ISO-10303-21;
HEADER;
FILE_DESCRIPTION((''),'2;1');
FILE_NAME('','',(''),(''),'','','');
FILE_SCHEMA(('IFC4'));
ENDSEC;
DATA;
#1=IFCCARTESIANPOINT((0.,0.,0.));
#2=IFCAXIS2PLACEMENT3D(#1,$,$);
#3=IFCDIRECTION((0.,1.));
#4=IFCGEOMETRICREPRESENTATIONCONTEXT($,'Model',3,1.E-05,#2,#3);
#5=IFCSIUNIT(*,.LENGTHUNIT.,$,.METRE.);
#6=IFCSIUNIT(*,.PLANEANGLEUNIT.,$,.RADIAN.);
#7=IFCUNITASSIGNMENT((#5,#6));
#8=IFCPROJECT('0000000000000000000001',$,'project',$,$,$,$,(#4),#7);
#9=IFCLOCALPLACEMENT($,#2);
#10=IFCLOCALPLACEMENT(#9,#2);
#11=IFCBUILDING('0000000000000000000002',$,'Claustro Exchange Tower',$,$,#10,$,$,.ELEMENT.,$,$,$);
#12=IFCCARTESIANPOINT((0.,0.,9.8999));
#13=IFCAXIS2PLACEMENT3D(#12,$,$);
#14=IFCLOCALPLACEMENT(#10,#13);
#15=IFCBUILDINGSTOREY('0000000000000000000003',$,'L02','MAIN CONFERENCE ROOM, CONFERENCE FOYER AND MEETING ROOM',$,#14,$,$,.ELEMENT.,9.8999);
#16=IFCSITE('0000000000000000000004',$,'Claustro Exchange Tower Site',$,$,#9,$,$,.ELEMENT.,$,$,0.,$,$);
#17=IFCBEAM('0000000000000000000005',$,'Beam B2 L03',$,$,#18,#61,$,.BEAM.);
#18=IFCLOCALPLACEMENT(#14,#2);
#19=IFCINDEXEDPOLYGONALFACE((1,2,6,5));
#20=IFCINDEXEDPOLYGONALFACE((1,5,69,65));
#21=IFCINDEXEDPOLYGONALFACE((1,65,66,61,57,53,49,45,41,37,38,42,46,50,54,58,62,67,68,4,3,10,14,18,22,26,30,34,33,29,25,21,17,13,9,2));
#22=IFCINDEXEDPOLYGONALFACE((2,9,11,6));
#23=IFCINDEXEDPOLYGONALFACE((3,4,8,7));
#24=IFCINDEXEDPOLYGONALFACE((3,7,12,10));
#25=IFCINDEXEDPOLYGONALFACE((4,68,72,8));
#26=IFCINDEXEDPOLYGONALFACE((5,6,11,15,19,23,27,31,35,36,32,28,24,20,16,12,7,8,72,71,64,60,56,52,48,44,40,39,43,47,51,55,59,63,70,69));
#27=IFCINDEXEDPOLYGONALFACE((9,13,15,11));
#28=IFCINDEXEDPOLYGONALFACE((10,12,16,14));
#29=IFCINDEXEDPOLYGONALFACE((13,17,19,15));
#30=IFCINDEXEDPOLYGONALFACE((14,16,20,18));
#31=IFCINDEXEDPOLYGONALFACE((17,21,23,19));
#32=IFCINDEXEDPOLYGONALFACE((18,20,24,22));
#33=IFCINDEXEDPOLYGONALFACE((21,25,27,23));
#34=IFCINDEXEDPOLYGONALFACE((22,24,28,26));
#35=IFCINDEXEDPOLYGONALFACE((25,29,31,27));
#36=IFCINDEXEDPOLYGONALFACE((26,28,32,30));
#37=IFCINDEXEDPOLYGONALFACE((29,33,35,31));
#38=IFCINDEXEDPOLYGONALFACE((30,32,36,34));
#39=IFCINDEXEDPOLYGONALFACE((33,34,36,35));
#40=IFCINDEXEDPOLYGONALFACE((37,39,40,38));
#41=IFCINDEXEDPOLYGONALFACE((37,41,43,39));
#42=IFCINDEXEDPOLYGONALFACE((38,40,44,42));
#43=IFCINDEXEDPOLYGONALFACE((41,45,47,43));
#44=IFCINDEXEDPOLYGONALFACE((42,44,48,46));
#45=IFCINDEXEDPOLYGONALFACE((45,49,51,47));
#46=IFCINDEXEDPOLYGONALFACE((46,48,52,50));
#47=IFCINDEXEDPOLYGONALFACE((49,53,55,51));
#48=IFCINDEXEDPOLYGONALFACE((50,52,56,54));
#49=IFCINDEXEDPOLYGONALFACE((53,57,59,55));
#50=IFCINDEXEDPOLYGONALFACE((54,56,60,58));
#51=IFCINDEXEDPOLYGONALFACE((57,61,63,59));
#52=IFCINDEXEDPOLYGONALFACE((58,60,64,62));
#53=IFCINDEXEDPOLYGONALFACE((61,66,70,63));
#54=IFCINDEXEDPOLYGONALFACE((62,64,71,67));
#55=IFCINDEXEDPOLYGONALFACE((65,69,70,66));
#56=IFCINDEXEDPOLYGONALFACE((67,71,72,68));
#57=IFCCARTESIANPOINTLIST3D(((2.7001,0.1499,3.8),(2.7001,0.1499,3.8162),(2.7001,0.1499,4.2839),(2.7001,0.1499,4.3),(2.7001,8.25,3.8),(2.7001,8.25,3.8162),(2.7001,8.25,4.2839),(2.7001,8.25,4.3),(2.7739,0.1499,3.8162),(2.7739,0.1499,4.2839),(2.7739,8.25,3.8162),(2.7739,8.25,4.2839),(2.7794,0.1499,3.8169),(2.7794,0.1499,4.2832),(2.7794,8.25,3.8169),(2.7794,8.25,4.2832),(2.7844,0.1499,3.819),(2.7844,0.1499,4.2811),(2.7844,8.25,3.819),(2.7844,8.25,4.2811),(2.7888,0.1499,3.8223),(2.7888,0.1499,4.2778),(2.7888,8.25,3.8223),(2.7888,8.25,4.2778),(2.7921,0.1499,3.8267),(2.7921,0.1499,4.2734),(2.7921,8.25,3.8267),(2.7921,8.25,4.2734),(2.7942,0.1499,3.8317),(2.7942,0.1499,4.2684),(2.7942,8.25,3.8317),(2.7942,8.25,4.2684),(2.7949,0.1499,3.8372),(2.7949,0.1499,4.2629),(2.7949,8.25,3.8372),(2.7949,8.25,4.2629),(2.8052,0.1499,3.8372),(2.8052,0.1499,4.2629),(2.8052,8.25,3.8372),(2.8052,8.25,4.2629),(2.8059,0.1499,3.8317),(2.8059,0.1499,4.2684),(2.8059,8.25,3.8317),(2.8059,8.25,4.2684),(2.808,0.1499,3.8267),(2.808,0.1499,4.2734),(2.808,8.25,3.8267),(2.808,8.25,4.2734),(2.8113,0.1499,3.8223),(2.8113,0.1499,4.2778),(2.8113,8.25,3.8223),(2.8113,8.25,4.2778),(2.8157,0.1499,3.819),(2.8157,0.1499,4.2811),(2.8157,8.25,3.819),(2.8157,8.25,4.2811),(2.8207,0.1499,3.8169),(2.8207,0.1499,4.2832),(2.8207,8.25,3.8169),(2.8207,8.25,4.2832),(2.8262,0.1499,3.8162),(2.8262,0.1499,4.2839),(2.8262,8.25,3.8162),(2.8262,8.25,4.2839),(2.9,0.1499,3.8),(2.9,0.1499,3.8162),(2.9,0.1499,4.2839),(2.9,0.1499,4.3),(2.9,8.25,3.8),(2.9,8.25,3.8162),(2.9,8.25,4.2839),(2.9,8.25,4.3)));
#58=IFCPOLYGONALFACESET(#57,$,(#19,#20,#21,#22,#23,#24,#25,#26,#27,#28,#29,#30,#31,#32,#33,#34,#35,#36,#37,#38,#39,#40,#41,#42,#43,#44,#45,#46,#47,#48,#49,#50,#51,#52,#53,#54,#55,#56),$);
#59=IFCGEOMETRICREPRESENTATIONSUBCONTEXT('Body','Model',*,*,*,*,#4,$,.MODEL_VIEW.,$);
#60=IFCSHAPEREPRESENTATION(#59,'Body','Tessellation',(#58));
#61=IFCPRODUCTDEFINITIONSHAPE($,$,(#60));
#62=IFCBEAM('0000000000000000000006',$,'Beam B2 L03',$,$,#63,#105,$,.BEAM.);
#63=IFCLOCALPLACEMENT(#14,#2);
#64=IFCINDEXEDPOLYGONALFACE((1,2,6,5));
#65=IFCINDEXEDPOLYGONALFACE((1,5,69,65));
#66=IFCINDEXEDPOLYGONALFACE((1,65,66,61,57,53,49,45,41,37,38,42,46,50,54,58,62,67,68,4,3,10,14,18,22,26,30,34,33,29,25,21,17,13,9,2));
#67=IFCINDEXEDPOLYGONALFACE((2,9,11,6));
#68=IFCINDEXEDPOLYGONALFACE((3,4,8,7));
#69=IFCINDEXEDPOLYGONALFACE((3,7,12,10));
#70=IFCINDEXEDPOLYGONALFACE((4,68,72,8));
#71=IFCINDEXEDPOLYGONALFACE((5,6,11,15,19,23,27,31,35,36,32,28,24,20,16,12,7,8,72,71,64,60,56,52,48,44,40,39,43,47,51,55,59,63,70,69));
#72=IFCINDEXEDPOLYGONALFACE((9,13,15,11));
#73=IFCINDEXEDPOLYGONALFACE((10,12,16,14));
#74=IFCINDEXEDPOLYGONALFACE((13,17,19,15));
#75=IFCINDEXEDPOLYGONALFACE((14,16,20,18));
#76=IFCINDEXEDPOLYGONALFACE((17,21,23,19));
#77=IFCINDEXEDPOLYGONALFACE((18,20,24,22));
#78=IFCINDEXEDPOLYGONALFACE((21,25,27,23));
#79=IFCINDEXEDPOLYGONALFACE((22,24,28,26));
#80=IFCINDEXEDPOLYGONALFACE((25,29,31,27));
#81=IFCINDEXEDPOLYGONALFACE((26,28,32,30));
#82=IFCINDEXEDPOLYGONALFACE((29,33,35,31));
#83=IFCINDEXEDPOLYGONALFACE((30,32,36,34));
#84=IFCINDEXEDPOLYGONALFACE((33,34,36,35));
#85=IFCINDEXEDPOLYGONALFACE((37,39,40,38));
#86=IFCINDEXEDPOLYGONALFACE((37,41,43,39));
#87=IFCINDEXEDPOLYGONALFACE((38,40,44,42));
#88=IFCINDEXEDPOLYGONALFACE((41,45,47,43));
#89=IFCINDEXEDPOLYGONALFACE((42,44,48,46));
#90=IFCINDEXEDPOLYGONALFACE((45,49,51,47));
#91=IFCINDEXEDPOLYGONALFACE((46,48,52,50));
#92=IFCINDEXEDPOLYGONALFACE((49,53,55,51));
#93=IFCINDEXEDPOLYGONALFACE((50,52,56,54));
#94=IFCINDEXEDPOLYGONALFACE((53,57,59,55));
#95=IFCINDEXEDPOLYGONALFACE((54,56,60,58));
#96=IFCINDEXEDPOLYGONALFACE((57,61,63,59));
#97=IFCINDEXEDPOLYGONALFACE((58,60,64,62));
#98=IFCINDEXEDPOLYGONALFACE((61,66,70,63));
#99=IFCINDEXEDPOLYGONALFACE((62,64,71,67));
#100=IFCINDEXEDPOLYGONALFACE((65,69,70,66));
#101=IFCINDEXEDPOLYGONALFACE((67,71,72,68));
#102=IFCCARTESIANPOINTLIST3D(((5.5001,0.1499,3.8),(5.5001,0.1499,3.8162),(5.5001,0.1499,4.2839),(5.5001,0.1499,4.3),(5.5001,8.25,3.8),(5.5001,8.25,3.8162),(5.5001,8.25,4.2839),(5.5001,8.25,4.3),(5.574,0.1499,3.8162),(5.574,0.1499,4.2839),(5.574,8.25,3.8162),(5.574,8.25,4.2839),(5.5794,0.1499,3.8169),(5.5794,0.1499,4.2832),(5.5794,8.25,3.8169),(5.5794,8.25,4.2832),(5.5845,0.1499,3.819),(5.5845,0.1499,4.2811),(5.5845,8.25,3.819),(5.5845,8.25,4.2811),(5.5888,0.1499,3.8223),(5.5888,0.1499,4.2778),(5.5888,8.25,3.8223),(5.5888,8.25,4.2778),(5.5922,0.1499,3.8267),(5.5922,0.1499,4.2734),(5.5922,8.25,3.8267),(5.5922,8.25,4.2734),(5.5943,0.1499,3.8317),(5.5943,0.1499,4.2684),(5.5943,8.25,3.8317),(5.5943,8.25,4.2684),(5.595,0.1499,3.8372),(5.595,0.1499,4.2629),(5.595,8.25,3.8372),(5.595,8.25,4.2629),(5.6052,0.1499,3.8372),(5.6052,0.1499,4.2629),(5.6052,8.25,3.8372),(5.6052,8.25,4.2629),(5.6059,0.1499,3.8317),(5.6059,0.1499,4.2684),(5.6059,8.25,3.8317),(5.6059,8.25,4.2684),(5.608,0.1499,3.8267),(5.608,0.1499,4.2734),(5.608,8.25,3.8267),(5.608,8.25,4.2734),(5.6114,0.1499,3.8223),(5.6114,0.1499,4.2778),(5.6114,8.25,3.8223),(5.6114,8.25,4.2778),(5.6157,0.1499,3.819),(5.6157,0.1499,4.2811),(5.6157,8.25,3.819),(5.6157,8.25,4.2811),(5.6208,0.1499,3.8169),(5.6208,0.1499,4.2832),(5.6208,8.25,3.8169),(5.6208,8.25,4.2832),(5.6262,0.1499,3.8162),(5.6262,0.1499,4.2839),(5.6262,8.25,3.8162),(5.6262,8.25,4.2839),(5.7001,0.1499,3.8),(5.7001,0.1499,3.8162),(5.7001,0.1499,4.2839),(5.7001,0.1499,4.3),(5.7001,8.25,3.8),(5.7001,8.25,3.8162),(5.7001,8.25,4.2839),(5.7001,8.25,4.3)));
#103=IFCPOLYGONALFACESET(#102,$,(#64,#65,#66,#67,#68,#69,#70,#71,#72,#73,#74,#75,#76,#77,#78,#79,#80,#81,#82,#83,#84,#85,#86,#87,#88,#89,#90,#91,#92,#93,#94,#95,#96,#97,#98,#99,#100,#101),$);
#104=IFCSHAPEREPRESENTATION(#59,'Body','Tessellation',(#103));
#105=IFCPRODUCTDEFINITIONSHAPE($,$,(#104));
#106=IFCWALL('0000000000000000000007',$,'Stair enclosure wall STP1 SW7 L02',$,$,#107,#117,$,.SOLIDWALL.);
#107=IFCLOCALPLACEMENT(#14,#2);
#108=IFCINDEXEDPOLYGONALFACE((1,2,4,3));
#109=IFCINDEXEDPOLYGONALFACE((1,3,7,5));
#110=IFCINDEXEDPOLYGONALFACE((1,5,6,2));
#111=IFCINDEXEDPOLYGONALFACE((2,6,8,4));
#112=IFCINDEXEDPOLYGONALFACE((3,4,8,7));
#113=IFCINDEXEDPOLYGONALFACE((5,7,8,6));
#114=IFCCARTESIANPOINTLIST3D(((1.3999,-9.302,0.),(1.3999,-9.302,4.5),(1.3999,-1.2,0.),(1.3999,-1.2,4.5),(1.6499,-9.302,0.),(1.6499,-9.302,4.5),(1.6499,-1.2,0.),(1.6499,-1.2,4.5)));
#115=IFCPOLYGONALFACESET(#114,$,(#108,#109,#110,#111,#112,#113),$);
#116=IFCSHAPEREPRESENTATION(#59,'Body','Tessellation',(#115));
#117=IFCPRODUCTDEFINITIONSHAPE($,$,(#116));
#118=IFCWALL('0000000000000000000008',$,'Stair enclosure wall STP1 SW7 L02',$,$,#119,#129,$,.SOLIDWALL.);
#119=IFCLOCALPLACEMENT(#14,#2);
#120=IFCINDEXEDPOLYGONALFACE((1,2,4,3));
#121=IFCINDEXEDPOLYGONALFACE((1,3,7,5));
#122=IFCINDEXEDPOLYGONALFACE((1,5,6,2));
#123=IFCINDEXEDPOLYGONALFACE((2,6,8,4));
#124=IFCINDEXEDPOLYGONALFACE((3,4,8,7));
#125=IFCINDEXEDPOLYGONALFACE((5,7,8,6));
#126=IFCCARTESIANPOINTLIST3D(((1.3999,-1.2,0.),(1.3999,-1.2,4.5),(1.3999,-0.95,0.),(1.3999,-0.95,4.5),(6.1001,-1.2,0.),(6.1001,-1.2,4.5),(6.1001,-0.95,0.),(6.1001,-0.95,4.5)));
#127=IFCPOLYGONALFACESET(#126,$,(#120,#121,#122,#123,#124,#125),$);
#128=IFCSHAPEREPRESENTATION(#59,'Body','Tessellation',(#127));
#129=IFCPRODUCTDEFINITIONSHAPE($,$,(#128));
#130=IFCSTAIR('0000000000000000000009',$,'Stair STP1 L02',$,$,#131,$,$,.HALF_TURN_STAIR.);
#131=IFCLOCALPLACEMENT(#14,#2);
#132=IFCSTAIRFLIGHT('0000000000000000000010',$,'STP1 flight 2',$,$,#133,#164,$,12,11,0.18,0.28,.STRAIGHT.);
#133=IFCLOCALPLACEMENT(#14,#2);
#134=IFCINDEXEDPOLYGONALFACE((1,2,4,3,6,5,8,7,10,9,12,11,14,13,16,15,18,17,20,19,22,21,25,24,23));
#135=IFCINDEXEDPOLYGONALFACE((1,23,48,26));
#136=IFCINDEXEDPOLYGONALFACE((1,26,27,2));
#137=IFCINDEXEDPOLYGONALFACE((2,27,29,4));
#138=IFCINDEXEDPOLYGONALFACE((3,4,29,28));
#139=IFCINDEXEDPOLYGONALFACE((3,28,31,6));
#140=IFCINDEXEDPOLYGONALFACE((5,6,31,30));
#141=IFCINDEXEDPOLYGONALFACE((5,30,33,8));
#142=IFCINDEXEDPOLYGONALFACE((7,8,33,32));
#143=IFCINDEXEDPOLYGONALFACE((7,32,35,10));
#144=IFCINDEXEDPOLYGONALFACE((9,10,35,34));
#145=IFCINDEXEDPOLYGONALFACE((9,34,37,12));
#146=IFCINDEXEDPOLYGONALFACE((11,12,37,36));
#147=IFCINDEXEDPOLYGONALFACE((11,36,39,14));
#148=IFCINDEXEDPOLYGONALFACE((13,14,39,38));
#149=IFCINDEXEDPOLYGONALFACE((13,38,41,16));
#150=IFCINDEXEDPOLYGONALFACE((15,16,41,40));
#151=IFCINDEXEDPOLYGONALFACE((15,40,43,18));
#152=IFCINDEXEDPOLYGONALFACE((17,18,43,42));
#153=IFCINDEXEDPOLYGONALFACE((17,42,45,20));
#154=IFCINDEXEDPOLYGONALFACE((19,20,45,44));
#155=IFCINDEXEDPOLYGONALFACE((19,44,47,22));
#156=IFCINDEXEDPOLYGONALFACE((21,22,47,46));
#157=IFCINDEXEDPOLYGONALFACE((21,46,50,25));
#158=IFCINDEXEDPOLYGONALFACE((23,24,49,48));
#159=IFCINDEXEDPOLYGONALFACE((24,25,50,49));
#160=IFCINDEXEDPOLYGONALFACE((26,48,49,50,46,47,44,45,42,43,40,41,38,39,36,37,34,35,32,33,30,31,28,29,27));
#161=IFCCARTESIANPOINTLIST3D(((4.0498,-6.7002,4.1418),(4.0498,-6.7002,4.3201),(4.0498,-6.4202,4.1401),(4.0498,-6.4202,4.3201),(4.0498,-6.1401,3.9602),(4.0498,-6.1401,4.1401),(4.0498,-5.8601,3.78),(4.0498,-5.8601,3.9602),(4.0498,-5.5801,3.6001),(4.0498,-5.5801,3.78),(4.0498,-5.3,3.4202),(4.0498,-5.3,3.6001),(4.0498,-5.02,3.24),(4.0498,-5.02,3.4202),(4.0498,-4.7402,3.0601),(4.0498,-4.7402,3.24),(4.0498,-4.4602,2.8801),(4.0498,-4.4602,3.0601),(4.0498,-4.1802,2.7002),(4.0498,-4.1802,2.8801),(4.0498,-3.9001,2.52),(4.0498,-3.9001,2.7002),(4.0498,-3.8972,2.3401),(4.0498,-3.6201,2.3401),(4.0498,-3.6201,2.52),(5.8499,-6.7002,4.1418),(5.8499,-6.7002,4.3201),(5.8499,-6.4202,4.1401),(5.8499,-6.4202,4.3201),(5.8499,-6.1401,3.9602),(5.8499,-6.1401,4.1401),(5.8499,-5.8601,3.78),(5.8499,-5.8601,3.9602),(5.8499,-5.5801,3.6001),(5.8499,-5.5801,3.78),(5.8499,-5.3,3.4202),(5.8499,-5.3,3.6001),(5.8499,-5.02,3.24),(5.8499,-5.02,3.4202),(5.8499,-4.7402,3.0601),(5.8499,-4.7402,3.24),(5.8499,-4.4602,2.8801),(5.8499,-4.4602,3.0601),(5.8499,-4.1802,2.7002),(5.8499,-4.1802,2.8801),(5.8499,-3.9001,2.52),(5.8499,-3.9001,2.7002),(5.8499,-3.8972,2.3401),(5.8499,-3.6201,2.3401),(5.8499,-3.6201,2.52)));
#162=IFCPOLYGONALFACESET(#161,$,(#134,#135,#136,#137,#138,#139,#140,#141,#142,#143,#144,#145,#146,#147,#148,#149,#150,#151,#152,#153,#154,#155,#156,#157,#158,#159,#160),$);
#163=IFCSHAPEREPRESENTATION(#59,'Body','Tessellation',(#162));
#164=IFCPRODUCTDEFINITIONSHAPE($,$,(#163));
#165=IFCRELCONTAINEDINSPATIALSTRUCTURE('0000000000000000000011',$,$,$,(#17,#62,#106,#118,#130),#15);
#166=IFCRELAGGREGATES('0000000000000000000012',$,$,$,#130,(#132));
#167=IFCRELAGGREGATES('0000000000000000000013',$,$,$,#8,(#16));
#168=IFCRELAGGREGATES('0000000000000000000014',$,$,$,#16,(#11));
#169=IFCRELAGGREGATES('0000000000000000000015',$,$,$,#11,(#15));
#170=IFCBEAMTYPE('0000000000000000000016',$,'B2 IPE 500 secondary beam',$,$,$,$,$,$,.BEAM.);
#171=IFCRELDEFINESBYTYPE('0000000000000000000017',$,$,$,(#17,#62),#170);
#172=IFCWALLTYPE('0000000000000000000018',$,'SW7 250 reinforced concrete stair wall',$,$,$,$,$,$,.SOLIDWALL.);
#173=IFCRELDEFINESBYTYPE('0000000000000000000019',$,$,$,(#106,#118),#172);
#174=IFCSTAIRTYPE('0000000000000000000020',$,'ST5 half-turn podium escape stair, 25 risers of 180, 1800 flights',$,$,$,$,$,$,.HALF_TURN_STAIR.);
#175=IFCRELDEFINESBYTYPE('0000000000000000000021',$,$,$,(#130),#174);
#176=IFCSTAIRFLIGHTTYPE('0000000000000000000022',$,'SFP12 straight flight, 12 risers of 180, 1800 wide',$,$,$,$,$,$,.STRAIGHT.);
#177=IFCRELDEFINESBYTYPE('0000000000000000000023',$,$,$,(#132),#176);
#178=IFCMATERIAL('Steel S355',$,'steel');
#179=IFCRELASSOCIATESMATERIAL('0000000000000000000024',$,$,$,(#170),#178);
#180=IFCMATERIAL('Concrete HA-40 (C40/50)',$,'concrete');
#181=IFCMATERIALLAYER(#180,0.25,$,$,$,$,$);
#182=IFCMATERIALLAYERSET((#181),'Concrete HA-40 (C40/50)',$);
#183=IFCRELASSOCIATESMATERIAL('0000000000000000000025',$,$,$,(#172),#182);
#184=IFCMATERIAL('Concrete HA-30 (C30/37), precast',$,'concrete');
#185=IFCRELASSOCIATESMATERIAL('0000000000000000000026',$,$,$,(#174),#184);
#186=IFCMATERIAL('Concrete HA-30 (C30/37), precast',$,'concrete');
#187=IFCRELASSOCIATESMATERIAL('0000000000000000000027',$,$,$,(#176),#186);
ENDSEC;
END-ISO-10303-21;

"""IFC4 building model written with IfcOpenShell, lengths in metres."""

from ifc_helpers import new_model, si_unit, direction, frame, frame_2d, origin, origin_2d, place, context, subcontext, project, spatial, polyline, rectangle, i_section, outline, extrude, material, layer, layer_set, material_profile, profile_set, type_object, element, aggregate, save


model = new_model("IFC4")

# Units and contexts
model_context = context("Model", 3, precision=1e-05, world=origin(), true_north=direction((0.0, 1.0)))
body_context = subcontext(model_context, "Body", "Model", "MODEL_VIEW")
ifc_project = project(units=[si_unit("LENGTHUNIT", "METRE"), si_unit("PLANEANGLEUNIT", "RADIAN")], contexts=[model_context])

# Site, building, storey
site_placement = place(None, origin())
site = spatial("IfcSite", under=ifc_project, at=site_placement, Name="Claustro Exchange Tower Site", CompositionType="ELEMENT", RefElevation=0.0)
building_placement = place(site_placement, origin())
building = spatial("IfcBuilding", under=site, at=building_placement, Name="Claustro Exchange Tower", CompositionType="ELEMENT")
storey_placement = place(building_placement, frame((0.0, 0.0, 9.8999)))
storey = spatial("IfcBuildingStorey", under=building, at=storey_placement, Name="L02", Description="MAIN CONFERENCE ROOM, CONFERENCE FOYER AND MEETING ROOM", CompositionType="ELEMENT", Elevation=9.8999)

# Beams
ifc_material_1 = material(Name="Steel S355", Category="steel")
ifc_material_profile = material_profile(ifc_material_1, i_section(OverallWidth=0.2, OverallDepth=0.5, WebThickness=0.0103, FlangeThickness=0.0161, FilletRadius=0.021, at=origin_2d()), Name="IPE 500")
ifc_profile_set = profile_set([ifc_material_profile], Name="Steel S355")
beam_type = type_object("IfcBeamType", Name="B2 IPE 500 secondary beam", PredefinedType="BEAM", material=ifc_profile_set)
for number, where, z_axis, x_axis, name in (
    (1, (2.8, 0.1499, 4.05), (0.0, 1.0, 0.0), (-1.0, 0.0, 0.0), "Beam B2 L03"),
    (2, (5.6001, 0.1499, 4.05), (0.0, 1.0, 0.0), (-1.0, 0.0, 0.0), "Beam B2 L03"),
):
    element("IfcBeam", number, at=place(storey_placement, frame(where, z_axis=z_axis, x_axis=x_axis)), inside=storey, type_object=beam_type, Name=name, PredefinedType="BEAM", context=body_context, shape_type="SweptSolid", body=[
        extrude(i_section(OverallWidth=0.2, OverallDepth=0.5, WebThickness=0.0103, FlangeThickness=0.0161, FilletRadius=0.021, at=origin_2d()), origin(), (0.0, 0.0, 1.0), 8.1001),
    ])

# Walls
ifc_material_2 = material(Name="Concrete HA-40 (C40/50)", Category="concrete")
ifc_layer_1 = layer(ifc_material_2, 0.25)
ifc_layer_set_1 = layer_set([ifc_layer_1], Name="Concrete HA-40 (C40/50)")
wall_type = type_object("IfcWallType", Name="SW7 250 reinforced concrete stair wall", PredefinedType="SOLIDWALL", material=ifc_layer_set_1)
wall_1_placement = place(storey_placement, frame((1.5249, -9.302, 0.0), z_axis=(0.0, 0.0, 1.0), x_axis=(0.0, 1.0, 0.0)))
element("IfcWall", 3, at=wall_1_placement, inside=storey, type_object=wall_type, Name="Stair enclosure wall STP1 SW7 L02", PredefinedType="SOLIDWALL", context=body_context, shape_type="SweptSolid", body=[
    extrude(rectangle(XDim=8.1021, YDim=0.25, at=frame_2d((4.051, 0.0))), origin(), (0.0, 0.0, 1.0), 4.5),
])
wall_2_placement = place(storey_placement, frame((1.3999, -1.075, 0.0), z_axis=(0.0, 0.0, 1.0), x_axis=(1.0, 0.0, 0.0)))
element("IfcWall", 4, at=wall_2_placement, inside=storey, type_object=wall_type, Name="Stair enclosure wall STP1 SW7 L02", PredefinedType="SOLIDWALL", context=body_context, shape_type="SweptSolid", body=[
    extrude(rectangle(XDim=4.7002, YDim=0.25, at=frame_2d((2.3501, 0.0))), origin(), (0.0, 0.0, 1.0), 4.5),
])

# Stair, stair flight
ifc_material_3 = material(Name="Concrete HA-30 (C30/37), precast", Category="concrete")
stair_type = type_object("IfcStairType", Name="ST5 half-turn podium escape stair, 25 risers of 180, 1800 flights", PredefinedType="HALF_TURN_STAIR", material=ifc_material_3)
stair_placement = place(storey_placement, origin())
stair = element("IfcStair", 5, at=stair_placement, inside=storey, type_object=stair_type, Name="Stair STP1 L02", PredefinedType="HALF_TURN_STAIR")
ifc_material_4 = material(Name="Concrete HA-30 (C30/37), precast", Category="concrete")
stair_flight_type_1 = type_object("IfcStairFlightType", Name="SFP12 straight flight, 12 risers of 180, 1800 wide", PredefinedType="STRAIGHT", material=ifc_material_4)
stair_flight_1_placement = place(storey_placement, frame((4.95, -3.6201, 2.3401), z_axis=(0.0, 0.0, 1.0), x_axis=(0.0, -1.0, 0.0)))
stair_flight_1 = element("IfcStairFlight", 6, at=stair_flight_1_placement, type_object=stair_flight_type_1, Name="STP1 flight 2", NumberOfRisers=12, NumberOfTreads=11, PredefinedType="STRAIGHT", RiserHeight=0.18, TreadLength=0.28, context=body_context, shape_type="SweptSolid", body=[
    extrude(outline(polyline([(0.0, 0.0), (0.0, 0.1799), (0.28, 0.1799), (0.28, 0.3601), (0.5601, 0.3601), (0.5601, 0.54), (0.8401, 0.54), (0.8401, 0.72), (1.1201, 0.72), (1.1201, 0.8999), (1.3999, 0.8999), (1.3999, 1.0801), (1.6799, 1.0801), (1.6799, 1.26), (1.96, 1.26), (1.96, 1.4399), (2.24, 1.4399), (2.24, 1.6201), (2.52, 1.6201), (2.52, 1.8), (2.8, 1.8), (2.8, 1.98), (3.0801, 1.98), (3.0801, 2.1599), (3.0801, 1.8018), (0.2771, 0.0), (0.0, 0.0)])), frame((0.0, 0.8999, 0.0), z_axis=(0.0, -1.0, 0.0), x_axis=(1.0, 0.0, 0.0)), (0.0, 0.0, 1.0), 1.8),
])
aggregate(stair, [stair_flight_1])

save(model, "model.ifc")
